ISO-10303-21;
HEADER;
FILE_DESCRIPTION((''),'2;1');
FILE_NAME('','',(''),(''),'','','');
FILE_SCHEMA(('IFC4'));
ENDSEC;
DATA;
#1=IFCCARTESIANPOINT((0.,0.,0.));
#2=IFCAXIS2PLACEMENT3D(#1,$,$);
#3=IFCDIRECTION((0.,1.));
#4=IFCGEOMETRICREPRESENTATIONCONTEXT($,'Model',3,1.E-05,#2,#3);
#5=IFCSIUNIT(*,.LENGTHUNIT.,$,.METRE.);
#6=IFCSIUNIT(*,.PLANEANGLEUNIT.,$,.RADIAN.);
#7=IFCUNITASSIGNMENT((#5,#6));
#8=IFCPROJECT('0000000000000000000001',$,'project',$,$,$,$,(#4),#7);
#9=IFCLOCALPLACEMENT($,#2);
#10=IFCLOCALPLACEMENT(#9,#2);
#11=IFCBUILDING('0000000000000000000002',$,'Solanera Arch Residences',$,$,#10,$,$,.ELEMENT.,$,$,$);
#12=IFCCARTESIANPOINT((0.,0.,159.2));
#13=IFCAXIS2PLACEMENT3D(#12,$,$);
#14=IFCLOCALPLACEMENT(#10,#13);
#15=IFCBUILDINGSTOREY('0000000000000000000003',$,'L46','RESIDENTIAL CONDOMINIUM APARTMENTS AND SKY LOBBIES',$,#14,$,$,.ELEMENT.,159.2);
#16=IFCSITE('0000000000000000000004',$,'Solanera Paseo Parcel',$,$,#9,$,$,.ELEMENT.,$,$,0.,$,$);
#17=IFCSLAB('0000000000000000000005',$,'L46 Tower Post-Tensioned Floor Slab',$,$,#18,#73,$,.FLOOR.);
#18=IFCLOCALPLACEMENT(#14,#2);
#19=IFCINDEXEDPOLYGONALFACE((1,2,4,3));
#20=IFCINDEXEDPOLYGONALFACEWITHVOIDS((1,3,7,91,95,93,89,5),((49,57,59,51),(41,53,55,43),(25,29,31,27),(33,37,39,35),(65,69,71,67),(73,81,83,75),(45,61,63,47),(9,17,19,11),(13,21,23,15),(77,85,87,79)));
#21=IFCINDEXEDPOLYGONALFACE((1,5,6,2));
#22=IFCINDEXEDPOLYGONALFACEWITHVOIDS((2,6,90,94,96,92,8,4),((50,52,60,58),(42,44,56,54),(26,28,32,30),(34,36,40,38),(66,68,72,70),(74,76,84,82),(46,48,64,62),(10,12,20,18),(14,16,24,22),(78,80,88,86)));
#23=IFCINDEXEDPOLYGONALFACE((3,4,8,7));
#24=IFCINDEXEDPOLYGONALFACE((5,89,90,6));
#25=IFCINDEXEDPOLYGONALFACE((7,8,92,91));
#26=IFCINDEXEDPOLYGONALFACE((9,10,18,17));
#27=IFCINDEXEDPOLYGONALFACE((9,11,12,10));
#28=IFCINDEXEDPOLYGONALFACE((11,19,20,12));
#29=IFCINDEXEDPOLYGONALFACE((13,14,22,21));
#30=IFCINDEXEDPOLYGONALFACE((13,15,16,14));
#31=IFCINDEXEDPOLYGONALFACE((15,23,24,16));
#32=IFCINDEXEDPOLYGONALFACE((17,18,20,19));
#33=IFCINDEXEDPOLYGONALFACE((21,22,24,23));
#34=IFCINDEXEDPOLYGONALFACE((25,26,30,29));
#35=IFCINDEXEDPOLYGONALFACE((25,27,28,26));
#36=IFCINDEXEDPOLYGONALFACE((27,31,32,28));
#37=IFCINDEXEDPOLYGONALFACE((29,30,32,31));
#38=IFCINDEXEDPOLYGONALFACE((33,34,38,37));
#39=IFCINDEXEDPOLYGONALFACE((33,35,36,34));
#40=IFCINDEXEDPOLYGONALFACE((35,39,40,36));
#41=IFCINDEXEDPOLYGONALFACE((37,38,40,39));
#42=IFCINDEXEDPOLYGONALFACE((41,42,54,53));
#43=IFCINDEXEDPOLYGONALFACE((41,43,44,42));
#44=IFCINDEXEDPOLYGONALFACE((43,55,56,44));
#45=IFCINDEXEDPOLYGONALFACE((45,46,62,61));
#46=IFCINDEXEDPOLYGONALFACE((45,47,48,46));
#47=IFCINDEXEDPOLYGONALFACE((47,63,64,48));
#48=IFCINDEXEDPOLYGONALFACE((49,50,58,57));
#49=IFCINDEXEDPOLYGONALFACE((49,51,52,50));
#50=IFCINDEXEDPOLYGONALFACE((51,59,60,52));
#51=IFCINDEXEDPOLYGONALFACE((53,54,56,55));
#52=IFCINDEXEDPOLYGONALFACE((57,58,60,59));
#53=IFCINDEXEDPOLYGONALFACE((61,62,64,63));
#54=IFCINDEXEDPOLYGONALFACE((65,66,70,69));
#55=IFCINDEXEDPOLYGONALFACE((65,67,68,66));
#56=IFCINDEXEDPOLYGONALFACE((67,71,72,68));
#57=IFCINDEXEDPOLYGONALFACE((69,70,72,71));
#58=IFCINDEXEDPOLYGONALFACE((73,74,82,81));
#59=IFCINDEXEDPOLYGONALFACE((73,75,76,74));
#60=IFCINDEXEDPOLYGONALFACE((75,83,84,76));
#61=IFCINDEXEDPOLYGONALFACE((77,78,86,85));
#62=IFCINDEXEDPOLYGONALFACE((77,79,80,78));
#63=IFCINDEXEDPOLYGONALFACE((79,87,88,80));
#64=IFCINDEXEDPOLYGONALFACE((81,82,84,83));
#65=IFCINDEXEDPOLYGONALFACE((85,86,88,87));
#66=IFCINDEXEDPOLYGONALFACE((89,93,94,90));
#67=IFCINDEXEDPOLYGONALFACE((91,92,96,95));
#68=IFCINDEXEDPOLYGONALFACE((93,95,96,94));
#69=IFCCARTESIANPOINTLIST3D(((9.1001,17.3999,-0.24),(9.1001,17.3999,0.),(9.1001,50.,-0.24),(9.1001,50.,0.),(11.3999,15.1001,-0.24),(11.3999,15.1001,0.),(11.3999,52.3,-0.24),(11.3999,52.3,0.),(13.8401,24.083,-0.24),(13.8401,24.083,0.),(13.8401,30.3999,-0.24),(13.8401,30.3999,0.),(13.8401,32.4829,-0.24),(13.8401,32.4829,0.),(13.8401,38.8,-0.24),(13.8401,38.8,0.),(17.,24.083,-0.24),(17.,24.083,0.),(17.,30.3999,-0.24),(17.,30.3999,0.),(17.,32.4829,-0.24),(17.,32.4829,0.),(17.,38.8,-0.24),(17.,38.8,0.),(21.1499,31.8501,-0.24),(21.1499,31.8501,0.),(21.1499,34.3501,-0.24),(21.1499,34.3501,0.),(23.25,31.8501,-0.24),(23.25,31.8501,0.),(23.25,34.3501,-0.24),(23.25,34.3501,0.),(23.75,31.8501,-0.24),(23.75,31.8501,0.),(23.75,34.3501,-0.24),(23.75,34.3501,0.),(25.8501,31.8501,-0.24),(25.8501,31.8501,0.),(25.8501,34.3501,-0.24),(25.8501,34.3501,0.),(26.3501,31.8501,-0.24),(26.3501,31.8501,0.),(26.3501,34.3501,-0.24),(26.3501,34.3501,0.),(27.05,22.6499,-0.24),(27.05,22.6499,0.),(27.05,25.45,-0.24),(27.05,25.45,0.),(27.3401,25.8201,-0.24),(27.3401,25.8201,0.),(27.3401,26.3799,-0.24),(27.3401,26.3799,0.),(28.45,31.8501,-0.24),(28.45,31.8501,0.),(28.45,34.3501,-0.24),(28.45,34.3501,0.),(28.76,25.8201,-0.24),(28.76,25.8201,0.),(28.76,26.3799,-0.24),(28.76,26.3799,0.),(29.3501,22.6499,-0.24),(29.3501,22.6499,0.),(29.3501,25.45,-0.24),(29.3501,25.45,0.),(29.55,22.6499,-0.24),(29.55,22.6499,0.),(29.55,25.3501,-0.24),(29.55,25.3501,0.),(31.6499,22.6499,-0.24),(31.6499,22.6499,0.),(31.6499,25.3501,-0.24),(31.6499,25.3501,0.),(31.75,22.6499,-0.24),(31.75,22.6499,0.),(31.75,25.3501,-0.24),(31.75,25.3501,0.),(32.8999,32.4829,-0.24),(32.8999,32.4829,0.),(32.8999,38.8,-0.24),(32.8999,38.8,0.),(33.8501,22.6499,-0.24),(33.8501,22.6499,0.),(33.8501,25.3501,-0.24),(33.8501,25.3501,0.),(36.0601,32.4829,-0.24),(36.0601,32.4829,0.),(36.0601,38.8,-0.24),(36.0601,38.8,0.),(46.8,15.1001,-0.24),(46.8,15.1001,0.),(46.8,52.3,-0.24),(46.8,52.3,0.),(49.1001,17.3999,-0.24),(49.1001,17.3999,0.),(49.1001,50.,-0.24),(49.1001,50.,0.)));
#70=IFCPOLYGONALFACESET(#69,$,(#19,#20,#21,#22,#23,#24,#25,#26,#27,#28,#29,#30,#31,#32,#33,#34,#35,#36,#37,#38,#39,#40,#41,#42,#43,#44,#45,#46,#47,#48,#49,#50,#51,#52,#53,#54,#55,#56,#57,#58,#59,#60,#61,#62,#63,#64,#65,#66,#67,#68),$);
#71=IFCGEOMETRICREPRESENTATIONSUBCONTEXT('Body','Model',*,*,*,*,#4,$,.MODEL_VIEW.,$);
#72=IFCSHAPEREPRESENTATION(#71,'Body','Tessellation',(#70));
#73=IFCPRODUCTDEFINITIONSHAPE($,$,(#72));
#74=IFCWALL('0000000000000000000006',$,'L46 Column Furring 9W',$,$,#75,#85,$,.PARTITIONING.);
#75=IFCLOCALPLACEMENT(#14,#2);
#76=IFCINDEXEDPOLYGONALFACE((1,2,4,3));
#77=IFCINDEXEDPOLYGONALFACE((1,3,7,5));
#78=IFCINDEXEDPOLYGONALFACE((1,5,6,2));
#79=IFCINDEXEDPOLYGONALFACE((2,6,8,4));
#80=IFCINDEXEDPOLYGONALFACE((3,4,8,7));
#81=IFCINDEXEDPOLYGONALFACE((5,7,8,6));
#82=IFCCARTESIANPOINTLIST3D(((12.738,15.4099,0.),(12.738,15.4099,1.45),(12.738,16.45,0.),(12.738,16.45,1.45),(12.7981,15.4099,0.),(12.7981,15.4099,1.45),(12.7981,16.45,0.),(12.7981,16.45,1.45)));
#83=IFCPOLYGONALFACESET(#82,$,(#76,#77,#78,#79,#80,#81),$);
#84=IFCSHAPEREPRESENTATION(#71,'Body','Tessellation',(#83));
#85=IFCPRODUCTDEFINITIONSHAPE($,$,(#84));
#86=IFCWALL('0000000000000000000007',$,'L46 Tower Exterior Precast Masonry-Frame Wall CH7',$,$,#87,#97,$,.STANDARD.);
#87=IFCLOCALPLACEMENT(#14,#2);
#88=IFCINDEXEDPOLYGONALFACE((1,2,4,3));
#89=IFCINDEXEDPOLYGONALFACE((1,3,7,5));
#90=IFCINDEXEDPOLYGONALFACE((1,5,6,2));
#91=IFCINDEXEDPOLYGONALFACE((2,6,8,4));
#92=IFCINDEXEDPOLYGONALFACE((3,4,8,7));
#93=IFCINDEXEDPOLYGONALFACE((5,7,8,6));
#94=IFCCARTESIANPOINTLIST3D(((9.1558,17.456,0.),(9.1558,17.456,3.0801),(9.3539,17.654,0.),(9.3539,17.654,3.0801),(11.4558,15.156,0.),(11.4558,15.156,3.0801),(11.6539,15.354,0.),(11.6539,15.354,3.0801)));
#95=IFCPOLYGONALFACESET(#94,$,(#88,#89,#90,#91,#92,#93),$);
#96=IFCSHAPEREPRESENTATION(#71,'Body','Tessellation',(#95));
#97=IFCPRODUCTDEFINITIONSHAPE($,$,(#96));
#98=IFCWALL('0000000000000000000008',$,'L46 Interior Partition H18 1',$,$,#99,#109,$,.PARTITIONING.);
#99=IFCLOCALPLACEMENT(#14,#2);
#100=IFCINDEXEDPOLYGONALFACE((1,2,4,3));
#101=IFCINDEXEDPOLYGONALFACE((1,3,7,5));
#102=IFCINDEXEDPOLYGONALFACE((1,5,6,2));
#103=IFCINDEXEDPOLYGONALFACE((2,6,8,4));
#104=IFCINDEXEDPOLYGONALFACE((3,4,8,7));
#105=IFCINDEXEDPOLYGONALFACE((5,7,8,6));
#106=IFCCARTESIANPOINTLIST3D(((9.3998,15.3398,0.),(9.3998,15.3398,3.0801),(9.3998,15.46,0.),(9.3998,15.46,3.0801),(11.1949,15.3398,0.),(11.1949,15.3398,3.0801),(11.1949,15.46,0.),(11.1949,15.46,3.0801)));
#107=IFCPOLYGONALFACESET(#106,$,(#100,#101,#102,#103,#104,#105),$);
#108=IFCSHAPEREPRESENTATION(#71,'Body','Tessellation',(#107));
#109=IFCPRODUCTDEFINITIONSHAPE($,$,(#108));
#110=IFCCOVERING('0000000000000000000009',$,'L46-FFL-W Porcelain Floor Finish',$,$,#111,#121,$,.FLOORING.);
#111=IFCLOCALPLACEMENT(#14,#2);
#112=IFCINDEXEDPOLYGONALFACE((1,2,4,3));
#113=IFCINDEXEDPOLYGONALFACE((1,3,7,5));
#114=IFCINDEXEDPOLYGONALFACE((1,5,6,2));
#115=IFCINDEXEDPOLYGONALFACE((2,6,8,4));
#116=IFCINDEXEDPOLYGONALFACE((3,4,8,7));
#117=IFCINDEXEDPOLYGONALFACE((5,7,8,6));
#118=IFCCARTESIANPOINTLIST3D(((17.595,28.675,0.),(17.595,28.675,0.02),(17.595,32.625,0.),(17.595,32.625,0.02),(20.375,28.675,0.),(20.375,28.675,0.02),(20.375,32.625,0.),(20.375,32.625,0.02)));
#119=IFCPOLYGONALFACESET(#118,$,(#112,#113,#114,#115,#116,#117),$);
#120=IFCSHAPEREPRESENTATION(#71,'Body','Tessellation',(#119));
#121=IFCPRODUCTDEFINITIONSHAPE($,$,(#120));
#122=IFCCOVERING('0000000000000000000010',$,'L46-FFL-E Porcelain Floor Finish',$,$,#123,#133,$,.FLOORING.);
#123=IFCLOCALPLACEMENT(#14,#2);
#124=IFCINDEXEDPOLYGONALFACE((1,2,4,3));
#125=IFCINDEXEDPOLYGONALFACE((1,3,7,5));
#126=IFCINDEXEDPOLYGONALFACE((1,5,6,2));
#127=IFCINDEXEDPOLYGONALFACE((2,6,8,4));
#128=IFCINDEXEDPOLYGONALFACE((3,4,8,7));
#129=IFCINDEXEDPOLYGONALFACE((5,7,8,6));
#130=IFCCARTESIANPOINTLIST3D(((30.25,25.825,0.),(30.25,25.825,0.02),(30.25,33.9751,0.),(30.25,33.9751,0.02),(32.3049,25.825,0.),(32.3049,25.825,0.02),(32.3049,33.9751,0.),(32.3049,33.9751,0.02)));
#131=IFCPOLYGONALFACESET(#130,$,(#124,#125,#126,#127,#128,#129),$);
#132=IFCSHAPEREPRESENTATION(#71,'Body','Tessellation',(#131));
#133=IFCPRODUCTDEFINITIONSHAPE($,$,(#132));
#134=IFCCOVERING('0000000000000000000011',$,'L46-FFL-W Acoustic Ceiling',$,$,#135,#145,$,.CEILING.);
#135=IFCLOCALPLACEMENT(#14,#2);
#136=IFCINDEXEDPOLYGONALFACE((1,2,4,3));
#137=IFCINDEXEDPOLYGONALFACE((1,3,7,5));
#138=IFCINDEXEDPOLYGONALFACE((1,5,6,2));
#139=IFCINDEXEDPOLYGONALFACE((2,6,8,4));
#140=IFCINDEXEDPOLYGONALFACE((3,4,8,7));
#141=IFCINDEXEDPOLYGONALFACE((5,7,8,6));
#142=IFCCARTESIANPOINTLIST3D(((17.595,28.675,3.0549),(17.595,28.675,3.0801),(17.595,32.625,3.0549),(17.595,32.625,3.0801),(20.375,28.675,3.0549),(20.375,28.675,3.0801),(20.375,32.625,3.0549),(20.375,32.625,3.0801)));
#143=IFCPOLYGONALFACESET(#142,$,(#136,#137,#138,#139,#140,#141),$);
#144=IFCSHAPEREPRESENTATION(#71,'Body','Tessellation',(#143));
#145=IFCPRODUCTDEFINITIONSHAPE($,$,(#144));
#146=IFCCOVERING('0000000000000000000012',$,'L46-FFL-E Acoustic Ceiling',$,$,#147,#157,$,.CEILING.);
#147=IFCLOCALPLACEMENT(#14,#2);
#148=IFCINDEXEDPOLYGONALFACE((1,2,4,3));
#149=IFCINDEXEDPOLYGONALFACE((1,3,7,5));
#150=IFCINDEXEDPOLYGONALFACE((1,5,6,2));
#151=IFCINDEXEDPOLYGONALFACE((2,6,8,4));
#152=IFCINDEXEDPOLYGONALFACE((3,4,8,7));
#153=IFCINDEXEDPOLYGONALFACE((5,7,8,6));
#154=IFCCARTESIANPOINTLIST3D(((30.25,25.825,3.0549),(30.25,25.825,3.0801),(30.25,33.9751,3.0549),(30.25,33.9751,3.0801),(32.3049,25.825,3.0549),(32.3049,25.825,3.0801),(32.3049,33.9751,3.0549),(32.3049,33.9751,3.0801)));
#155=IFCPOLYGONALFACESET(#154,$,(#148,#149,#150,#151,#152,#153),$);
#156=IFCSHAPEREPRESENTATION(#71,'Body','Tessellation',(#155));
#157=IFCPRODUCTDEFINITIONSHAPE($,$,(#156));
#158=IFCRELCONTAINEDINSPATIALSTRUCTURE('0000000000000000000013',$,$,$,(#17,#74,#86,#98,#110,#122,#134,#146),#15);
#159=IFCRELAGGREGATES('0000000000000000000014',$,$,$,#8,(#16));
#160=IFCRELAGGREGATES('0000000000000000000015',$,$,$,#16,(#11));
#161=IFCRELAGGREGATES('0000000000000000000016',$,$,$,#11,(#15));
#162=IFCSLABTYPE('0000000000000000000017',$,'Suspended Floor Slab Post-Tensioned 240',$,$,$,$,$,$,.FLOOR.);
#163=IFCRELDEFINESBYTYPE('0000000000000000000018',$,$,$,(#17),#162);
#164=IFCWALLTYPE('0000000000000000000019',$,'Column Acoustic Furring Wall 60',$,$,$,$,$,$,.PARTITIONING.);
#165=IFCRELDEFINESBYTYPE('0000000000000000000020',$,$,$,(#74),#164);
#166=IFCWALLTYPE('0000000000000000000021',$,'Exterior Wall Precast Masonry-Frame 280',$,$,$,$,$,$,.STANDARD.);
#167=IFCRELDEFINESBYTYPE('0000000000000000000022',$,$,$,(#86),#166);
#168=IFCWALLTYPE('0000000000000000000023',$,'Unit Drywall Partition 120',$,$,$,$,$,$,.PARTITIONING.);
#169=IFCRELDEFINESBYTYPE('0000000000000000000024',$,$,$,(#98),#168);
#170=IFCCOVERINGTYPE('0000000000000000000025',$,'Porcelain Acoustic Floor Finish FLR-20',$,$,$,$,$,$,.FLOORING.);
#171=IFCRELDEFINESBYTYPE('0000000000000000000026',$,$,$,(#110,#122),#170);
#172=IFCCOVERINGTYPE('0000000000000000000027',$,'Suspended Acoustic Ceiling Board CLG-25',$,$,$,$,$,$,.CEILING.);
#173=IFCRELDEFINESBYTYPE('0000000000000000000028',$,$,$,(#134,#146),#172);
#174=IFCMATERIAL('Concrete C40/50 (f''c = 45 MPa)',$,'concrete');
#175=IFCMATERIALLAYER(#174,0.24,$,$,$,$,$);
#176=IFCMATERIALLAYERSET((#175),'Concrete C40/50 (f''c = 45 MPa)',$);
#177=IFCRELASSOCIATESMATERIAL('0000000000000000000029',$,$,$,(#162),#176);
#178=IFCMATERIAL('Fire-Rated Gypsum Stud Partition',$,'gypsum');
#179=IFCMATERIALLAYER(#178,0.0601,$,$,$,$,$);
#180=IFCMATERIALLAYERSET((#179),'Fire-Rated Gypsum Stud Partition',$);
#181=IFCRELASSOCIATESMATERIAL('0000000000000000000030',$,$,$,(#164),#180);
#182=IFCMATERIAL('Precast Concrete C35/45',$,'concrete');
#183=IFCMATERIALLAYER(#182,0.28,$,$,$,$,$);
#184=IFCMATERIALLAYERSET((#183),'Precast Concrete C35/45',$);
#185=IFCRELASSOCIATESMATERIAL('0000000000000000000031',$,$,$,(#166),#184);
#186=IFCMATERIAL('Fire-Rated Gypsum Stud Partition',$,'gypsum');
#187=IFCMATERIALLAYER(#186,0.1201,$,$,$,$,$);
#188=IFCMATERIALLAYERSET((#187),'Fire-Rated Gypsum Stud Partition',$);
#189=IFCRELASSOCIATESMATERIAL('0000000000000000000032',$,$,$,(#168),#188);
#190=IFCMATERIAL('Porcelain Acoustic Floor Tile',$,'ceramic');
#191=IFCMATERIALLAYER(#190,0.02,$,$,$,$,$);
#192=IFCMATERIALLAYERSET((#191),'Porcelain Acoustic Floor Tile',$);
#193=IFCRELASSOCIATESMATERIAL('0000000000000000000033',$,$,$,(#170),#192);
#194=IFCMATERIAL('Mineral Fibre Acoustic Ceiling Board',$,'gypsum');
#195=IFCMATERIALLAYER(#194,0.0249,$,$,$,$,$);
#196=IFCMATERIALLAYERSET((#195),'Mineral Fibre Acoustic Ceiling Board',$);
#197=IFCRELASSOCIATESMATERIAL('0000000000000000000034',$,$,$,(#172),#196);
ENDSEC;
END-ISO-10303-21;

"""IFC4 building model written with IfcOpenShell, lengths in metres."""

from ifc_helpers import new_model, si_unit, direction, frame, frame_2d, origin, place, context, subcontext, project, spatial, polyline, rectangle, outline, extrude, material, layer, layer_set, type_object, element, save


model = new_model("IFC4")

# Units and contexts
model_context = context("Model", 3, precision=1e-05, world=origin(), true_north=direction((0.0, 1.0)))
body_context = subcontext(model_context, "Body", "Model", "MODEL_VIEW")
ifc_project = project(units=[si_unit("LENGTHUNIT", "METRE"), si_unit("PLANEANGLEUNIT", "RADIAN")], contexts=[model_context])

# Site, building, storey
site_placement = place(None, origin())
site = spatial("IfcSite", under=ifc_project, at=site_placement, Name="Solanera Paseo Parcel", CompositionType="ELEMENT", RefElevation=0.0)
building_placement = place(site_placement, origin())
building = spatial("IfcBuilding", under=site, at=building_placement, Name="Solanera Arch Residences", CompositionType="ELEMENT")
storey_placement = place(building_placement, frame((0.0, 0.0, 159.2)))
storey = spatial("IfcBuildingStorey", under=building, at=storey_placement, Name="L46", Description="RESIDENTIAL CONDOMINIUM APARTMENTS AND SKY LOBBIES", CompositionType="ELEMENT", Elevation=159.2)

# Slab
ifc_material_1 = material(Name="Concrete C40/50 (f'c = 45 MPa)", Category="concrete")
ifc_layer_1 = layer(ifc_material_1, 0.24)
ifc_layer_set_1 = layer_set([ifc_layer_1], Name="Concrete C40/50 (f'c = 45 MPa)")
slab_type_1 = type_object("IfcSlabType", Name="Suspended Floor Slab Post-Tensioned 240", PredefinedType="FLOOR", material=ifc_layer_set_1)
slab_1_placement = place(storey_placement, frame((0.0, 0.0, -0.24)))
element("IfcSlab", 1, at=slab_1_placement, inside=storey, type_object=slab_type_1, Name="L46 Tower Post-Tensioned Floor Slab", PredefinedType="FLOOR", context=body_context, shape_type="SweptSolid", body=[
    extrude(outline(polyline([(11.3999, 15.1001), (46.8, 15.1001), (49.1001, 17.3999), (49.1001, 50.0), (46.8, 52.3), (11.3999, 52.3), (9.1001, 50.0), (9.1001, 17.3999), (11.3999, 15.1001)]), holes=[polyline([(13.8401, 32.4829), (13.8401, 38.8), (17.0, 38.8), (17.0, 32.4829), (13.8401, 32.4829)]), polyline([(32.8999, 32.4829), (32.8999, 38.8), (36.0601, 38.8), (36.0601, 32.4829), (32.8999, 32.4829)]), polyline([(13.8401, 24.083), (13.8401, 30.3999), (17.0, 30.3999), (17.0, 24.083), (13.8401, 24.083)]), polyline([(21.1499, 34.3501), (23.25, 34.3501), (23.25, 31.8501), (21.1499, 31.8501), (21.1499, 34.3501)]), polyline([(23.75, 34.3501), (25.8501, 34.3501), (25.8501, 31.8501), (23.75, 31.8501), (23.75, 34.3501)]), polyline([(26.3501, 34.3501), (28.45, 34.3501), (28.45, 31.8501), (26.3501, 31.8501), (26.3501, 34.3501)]), polyline([(29.55, 25.3501), (31.6499, 25.3501), (31.6499, 22.6499), (29.55, 22.6499), (29.55, 25.3501)]), polyline([(31.75, 25.3501), (33.8501, 25.3501), (33.8501, 22.6499), (31.75, 22.6499), (31.75, 25.3501)]), polyline([(27.05, 25.45), (29.3501, 25.45), (29.3501, 22.6499), (27.05, 22.6499), (27.05, 25.45)]), polyline([(27.3401, 26.3799), (28.76, 26.3799), (28.76, 25.8201), (27.3401, 25.8201), (27.3401, 26.3799)])]), origin(), (0.0, 0.0, 1.0), 0.24),
])

# Walls
ifc_material_2 = material(Name="Fire-Rated Gypsum Stud Partition", Category="gypsum")
ifc_layer_2 = layer(ifc_material_2, 0.0601)
ifc_layer_set_2 = layer_set([ifc_layer_2], Name="Fire-Rated Gypsum Stud Partition")
wall_type_1 = type_object("IfcWallType", Name="Column Acoustic Furring Wall 60", PredefinedType="PARTITIONING", material=ifc_layer_set_2)
wall_1_placement = place(storey_placement, frame((12.7681, 15.4099, 0.0), z_axis=(0.0, 0.0, 1.0), x_axis=(0.0, 1.0, 0.0)))
element("IfcWall", 2, at=wall_1_placement, inside=storey, type_object=wall_type_1, Name="L46 Column Furring 9W", PredefinedType="PARTITIONING", context=body_context, shape_type="SweptSolid", body=[
    extrude(rectangle(XDim=1.04, YDim=0.0601, at=frame_2d((0.52, 0.0))), origin(), (0.0, 0.0, 1.0), 1.45),
])
ifc_material_3 = material(Name="Precast Concrete C35/45", Category="concrete")
ifc_layer_3 = layer(ifc_material_3, 0.28)
ifc_layer_set_3 = layer_set([ifc_layer_3], Name="Precast Concrete C35/45")
wall_type_2 = type_object("IfcWallType", Name="Exterior Wall Precast Masonry-Frame 280", PredefinedType="STANDARD", material=ifc_layer_set_3)
wall_2_placement = place(storey_placement, frame((11.5549, 15.2549, 0.0), z_axis=(0.0, 0.0, 1.0), x_axis=(-0.707107, 0.707107, 0.0)))
element("IfcWall", 3, at=wall_2_placement, inside=storey, type_object=wall_type_2, Name="L46 Tower Exterior Precast Masonry-Frame Wall CH7", PredefinedType="STANDARD", context=body_context, shape_type="SweptSolid", body=[
    extrude(rectangle(XDim=3.2527, YDim=0.28, at=frame_2d((1.6265, 0.0))), origin(), (0.0, 0.0, 1.0), 3.0801),
])
ifc_material_4 = material(Name="Fire-Rated Gypsum Stud Partition", Category="gypsum")
ifc_layer_4 = layer(ifc_material_4, 0.1201)
ifc_layer_set_4 = layer_set([ifc_layer_4], Name="Fire-Rated Gypsum Stud Partition")
wall_type_3 = type_object("IfcWallType", Name="Unit Drywall Partition 120", PredefinedType="PARTITIONING", material=ifc_layer_set_4)
wall_3_placement = place(storey_placement, frame((9.3999, 15.3999, 0.0), z_axis=(0.0, 0.0, 1.0), x_axis=(1.0, 0.0, 0.0)))
element("IfcWall", 4, at=wall_3_placement, inside=storey, type_object=wall_type_3, Name="L46 Interior Partition H18 1", PredefinedType="PARTITIONING", context=body_context, shape_type="SweptSolid", body=[
    extrude(rectangle(XDim=1.7952, YDim=0.1201, at=frame_2d((0.8975, 0.0))), origin(), (0.0, 0.0, 1.0), 3.0801),
])

# Coverings
ifc_material_5 = material(Name="Porcelain Acoustic Floor Tile", Category="ceramic")
ifc_layer_5 = layer(ifc_material_5, 0.02)
ifc_layer_set_5 = layer_set([ifc_layer_5], Name="Porcelain Acoustic Floor Tile")
covering_type_1 = type_object("IfcCoveringType", Name="Porcelain Acoustic Floor Finish FLR-20", PredefinedType="FLOORING", material=ifc_layer_set_5)
covering_1_placement = place(storey_placement, origin())
element("IfcCovering", 5, at=covering_1_placement, inside=storey, type_object=covering_type_1, Name="L46-FFL-W Porcelain Floor Finish", PredefinedType="FLOORING", context=body_context, shape_type="SweptSolid", body=[
    extrude(outline(polyline([(20.375, 28.675), (17.595, 28.675), (17.595, 32.625), (20.375, 32.625), (20.375, 28.675)])), origin(), (0.0, 0.0, 1.0), 0.02),
])
covering_2_placement = place(storey_placement, origin())
element("IfcCovering", 6, at=covering_2_placement, inside=storey, type_object=covering_type_1, Name="L46-FFL-E Porcelain Floor Finish", PredefinedType="FLOORING", context=body_context, shape_type="SweptSolid", body=[
    extrude(outline(polyline([(32.3049, 25.825), (30.25, 25.825), (30.25, 33.9751), (32.3049, 33.9751), (32.3049, 25.825)])), origin(), (0.0, 0.0, 1.0), 0.02),
])
ifc_material_6 = material(Name="Mineral Fibre Acoustic Ceiling Board", Category="gypsum")
ifc_layer_6 = layer(ifc_material_6, 0.0249)
ifc_layer_set_6 = layer_set([ifc_layer_6], Name="Mineral Fibre Acoustic Ceiling Board")
covering_type_2 = type_object("IfcCoveringType", Name="Suspended Acoustic Ceiling Board CLG-25", PredefinedType="CEILING", material=ifc_layer_set_6)
covering_3_placement = place(storey_placement, frame((0.0, 0.0, 3.0549)))
element("IfcCovering", 7, at=covering_3_placement, inside=storey, type_object=covering_type_2, Name="L46-FFL-W Acoustic Ceiling", PredefinedType="CEILING", context=body_context, shape_type="SweptSolid", body=[
    extrude(outline(polyline([(20.375, 28.675), (17.595, 28.675), (17.595, 32.625), (20.375, 32.625), (20.375, 28.675)])), origin(), (0.0, 0.0, 1.0), 0.0251),
])
covering_4_placement = place(storey_placement, frame((0.0, 0.0, 3.0549)))
element("IfcCovering", 8, at=covering_4_placement, inside=storey, type_object=covering_type_2, Name="L46-FFL-E Acoustic Ceiling", PredefinedType="CEILING", context=body_context, shape_type="SweptSolid", body=[
    extrude(outline(polyline([(32.3049, 25.825), (30.25, 25.825), (30.25, 33.9751), (32.3049, 33.9751), (32.3049, 25.825)])), origin(), (0.0, 0.0, 1.0), 0.0251),
])

save(model, "model.ifc")
